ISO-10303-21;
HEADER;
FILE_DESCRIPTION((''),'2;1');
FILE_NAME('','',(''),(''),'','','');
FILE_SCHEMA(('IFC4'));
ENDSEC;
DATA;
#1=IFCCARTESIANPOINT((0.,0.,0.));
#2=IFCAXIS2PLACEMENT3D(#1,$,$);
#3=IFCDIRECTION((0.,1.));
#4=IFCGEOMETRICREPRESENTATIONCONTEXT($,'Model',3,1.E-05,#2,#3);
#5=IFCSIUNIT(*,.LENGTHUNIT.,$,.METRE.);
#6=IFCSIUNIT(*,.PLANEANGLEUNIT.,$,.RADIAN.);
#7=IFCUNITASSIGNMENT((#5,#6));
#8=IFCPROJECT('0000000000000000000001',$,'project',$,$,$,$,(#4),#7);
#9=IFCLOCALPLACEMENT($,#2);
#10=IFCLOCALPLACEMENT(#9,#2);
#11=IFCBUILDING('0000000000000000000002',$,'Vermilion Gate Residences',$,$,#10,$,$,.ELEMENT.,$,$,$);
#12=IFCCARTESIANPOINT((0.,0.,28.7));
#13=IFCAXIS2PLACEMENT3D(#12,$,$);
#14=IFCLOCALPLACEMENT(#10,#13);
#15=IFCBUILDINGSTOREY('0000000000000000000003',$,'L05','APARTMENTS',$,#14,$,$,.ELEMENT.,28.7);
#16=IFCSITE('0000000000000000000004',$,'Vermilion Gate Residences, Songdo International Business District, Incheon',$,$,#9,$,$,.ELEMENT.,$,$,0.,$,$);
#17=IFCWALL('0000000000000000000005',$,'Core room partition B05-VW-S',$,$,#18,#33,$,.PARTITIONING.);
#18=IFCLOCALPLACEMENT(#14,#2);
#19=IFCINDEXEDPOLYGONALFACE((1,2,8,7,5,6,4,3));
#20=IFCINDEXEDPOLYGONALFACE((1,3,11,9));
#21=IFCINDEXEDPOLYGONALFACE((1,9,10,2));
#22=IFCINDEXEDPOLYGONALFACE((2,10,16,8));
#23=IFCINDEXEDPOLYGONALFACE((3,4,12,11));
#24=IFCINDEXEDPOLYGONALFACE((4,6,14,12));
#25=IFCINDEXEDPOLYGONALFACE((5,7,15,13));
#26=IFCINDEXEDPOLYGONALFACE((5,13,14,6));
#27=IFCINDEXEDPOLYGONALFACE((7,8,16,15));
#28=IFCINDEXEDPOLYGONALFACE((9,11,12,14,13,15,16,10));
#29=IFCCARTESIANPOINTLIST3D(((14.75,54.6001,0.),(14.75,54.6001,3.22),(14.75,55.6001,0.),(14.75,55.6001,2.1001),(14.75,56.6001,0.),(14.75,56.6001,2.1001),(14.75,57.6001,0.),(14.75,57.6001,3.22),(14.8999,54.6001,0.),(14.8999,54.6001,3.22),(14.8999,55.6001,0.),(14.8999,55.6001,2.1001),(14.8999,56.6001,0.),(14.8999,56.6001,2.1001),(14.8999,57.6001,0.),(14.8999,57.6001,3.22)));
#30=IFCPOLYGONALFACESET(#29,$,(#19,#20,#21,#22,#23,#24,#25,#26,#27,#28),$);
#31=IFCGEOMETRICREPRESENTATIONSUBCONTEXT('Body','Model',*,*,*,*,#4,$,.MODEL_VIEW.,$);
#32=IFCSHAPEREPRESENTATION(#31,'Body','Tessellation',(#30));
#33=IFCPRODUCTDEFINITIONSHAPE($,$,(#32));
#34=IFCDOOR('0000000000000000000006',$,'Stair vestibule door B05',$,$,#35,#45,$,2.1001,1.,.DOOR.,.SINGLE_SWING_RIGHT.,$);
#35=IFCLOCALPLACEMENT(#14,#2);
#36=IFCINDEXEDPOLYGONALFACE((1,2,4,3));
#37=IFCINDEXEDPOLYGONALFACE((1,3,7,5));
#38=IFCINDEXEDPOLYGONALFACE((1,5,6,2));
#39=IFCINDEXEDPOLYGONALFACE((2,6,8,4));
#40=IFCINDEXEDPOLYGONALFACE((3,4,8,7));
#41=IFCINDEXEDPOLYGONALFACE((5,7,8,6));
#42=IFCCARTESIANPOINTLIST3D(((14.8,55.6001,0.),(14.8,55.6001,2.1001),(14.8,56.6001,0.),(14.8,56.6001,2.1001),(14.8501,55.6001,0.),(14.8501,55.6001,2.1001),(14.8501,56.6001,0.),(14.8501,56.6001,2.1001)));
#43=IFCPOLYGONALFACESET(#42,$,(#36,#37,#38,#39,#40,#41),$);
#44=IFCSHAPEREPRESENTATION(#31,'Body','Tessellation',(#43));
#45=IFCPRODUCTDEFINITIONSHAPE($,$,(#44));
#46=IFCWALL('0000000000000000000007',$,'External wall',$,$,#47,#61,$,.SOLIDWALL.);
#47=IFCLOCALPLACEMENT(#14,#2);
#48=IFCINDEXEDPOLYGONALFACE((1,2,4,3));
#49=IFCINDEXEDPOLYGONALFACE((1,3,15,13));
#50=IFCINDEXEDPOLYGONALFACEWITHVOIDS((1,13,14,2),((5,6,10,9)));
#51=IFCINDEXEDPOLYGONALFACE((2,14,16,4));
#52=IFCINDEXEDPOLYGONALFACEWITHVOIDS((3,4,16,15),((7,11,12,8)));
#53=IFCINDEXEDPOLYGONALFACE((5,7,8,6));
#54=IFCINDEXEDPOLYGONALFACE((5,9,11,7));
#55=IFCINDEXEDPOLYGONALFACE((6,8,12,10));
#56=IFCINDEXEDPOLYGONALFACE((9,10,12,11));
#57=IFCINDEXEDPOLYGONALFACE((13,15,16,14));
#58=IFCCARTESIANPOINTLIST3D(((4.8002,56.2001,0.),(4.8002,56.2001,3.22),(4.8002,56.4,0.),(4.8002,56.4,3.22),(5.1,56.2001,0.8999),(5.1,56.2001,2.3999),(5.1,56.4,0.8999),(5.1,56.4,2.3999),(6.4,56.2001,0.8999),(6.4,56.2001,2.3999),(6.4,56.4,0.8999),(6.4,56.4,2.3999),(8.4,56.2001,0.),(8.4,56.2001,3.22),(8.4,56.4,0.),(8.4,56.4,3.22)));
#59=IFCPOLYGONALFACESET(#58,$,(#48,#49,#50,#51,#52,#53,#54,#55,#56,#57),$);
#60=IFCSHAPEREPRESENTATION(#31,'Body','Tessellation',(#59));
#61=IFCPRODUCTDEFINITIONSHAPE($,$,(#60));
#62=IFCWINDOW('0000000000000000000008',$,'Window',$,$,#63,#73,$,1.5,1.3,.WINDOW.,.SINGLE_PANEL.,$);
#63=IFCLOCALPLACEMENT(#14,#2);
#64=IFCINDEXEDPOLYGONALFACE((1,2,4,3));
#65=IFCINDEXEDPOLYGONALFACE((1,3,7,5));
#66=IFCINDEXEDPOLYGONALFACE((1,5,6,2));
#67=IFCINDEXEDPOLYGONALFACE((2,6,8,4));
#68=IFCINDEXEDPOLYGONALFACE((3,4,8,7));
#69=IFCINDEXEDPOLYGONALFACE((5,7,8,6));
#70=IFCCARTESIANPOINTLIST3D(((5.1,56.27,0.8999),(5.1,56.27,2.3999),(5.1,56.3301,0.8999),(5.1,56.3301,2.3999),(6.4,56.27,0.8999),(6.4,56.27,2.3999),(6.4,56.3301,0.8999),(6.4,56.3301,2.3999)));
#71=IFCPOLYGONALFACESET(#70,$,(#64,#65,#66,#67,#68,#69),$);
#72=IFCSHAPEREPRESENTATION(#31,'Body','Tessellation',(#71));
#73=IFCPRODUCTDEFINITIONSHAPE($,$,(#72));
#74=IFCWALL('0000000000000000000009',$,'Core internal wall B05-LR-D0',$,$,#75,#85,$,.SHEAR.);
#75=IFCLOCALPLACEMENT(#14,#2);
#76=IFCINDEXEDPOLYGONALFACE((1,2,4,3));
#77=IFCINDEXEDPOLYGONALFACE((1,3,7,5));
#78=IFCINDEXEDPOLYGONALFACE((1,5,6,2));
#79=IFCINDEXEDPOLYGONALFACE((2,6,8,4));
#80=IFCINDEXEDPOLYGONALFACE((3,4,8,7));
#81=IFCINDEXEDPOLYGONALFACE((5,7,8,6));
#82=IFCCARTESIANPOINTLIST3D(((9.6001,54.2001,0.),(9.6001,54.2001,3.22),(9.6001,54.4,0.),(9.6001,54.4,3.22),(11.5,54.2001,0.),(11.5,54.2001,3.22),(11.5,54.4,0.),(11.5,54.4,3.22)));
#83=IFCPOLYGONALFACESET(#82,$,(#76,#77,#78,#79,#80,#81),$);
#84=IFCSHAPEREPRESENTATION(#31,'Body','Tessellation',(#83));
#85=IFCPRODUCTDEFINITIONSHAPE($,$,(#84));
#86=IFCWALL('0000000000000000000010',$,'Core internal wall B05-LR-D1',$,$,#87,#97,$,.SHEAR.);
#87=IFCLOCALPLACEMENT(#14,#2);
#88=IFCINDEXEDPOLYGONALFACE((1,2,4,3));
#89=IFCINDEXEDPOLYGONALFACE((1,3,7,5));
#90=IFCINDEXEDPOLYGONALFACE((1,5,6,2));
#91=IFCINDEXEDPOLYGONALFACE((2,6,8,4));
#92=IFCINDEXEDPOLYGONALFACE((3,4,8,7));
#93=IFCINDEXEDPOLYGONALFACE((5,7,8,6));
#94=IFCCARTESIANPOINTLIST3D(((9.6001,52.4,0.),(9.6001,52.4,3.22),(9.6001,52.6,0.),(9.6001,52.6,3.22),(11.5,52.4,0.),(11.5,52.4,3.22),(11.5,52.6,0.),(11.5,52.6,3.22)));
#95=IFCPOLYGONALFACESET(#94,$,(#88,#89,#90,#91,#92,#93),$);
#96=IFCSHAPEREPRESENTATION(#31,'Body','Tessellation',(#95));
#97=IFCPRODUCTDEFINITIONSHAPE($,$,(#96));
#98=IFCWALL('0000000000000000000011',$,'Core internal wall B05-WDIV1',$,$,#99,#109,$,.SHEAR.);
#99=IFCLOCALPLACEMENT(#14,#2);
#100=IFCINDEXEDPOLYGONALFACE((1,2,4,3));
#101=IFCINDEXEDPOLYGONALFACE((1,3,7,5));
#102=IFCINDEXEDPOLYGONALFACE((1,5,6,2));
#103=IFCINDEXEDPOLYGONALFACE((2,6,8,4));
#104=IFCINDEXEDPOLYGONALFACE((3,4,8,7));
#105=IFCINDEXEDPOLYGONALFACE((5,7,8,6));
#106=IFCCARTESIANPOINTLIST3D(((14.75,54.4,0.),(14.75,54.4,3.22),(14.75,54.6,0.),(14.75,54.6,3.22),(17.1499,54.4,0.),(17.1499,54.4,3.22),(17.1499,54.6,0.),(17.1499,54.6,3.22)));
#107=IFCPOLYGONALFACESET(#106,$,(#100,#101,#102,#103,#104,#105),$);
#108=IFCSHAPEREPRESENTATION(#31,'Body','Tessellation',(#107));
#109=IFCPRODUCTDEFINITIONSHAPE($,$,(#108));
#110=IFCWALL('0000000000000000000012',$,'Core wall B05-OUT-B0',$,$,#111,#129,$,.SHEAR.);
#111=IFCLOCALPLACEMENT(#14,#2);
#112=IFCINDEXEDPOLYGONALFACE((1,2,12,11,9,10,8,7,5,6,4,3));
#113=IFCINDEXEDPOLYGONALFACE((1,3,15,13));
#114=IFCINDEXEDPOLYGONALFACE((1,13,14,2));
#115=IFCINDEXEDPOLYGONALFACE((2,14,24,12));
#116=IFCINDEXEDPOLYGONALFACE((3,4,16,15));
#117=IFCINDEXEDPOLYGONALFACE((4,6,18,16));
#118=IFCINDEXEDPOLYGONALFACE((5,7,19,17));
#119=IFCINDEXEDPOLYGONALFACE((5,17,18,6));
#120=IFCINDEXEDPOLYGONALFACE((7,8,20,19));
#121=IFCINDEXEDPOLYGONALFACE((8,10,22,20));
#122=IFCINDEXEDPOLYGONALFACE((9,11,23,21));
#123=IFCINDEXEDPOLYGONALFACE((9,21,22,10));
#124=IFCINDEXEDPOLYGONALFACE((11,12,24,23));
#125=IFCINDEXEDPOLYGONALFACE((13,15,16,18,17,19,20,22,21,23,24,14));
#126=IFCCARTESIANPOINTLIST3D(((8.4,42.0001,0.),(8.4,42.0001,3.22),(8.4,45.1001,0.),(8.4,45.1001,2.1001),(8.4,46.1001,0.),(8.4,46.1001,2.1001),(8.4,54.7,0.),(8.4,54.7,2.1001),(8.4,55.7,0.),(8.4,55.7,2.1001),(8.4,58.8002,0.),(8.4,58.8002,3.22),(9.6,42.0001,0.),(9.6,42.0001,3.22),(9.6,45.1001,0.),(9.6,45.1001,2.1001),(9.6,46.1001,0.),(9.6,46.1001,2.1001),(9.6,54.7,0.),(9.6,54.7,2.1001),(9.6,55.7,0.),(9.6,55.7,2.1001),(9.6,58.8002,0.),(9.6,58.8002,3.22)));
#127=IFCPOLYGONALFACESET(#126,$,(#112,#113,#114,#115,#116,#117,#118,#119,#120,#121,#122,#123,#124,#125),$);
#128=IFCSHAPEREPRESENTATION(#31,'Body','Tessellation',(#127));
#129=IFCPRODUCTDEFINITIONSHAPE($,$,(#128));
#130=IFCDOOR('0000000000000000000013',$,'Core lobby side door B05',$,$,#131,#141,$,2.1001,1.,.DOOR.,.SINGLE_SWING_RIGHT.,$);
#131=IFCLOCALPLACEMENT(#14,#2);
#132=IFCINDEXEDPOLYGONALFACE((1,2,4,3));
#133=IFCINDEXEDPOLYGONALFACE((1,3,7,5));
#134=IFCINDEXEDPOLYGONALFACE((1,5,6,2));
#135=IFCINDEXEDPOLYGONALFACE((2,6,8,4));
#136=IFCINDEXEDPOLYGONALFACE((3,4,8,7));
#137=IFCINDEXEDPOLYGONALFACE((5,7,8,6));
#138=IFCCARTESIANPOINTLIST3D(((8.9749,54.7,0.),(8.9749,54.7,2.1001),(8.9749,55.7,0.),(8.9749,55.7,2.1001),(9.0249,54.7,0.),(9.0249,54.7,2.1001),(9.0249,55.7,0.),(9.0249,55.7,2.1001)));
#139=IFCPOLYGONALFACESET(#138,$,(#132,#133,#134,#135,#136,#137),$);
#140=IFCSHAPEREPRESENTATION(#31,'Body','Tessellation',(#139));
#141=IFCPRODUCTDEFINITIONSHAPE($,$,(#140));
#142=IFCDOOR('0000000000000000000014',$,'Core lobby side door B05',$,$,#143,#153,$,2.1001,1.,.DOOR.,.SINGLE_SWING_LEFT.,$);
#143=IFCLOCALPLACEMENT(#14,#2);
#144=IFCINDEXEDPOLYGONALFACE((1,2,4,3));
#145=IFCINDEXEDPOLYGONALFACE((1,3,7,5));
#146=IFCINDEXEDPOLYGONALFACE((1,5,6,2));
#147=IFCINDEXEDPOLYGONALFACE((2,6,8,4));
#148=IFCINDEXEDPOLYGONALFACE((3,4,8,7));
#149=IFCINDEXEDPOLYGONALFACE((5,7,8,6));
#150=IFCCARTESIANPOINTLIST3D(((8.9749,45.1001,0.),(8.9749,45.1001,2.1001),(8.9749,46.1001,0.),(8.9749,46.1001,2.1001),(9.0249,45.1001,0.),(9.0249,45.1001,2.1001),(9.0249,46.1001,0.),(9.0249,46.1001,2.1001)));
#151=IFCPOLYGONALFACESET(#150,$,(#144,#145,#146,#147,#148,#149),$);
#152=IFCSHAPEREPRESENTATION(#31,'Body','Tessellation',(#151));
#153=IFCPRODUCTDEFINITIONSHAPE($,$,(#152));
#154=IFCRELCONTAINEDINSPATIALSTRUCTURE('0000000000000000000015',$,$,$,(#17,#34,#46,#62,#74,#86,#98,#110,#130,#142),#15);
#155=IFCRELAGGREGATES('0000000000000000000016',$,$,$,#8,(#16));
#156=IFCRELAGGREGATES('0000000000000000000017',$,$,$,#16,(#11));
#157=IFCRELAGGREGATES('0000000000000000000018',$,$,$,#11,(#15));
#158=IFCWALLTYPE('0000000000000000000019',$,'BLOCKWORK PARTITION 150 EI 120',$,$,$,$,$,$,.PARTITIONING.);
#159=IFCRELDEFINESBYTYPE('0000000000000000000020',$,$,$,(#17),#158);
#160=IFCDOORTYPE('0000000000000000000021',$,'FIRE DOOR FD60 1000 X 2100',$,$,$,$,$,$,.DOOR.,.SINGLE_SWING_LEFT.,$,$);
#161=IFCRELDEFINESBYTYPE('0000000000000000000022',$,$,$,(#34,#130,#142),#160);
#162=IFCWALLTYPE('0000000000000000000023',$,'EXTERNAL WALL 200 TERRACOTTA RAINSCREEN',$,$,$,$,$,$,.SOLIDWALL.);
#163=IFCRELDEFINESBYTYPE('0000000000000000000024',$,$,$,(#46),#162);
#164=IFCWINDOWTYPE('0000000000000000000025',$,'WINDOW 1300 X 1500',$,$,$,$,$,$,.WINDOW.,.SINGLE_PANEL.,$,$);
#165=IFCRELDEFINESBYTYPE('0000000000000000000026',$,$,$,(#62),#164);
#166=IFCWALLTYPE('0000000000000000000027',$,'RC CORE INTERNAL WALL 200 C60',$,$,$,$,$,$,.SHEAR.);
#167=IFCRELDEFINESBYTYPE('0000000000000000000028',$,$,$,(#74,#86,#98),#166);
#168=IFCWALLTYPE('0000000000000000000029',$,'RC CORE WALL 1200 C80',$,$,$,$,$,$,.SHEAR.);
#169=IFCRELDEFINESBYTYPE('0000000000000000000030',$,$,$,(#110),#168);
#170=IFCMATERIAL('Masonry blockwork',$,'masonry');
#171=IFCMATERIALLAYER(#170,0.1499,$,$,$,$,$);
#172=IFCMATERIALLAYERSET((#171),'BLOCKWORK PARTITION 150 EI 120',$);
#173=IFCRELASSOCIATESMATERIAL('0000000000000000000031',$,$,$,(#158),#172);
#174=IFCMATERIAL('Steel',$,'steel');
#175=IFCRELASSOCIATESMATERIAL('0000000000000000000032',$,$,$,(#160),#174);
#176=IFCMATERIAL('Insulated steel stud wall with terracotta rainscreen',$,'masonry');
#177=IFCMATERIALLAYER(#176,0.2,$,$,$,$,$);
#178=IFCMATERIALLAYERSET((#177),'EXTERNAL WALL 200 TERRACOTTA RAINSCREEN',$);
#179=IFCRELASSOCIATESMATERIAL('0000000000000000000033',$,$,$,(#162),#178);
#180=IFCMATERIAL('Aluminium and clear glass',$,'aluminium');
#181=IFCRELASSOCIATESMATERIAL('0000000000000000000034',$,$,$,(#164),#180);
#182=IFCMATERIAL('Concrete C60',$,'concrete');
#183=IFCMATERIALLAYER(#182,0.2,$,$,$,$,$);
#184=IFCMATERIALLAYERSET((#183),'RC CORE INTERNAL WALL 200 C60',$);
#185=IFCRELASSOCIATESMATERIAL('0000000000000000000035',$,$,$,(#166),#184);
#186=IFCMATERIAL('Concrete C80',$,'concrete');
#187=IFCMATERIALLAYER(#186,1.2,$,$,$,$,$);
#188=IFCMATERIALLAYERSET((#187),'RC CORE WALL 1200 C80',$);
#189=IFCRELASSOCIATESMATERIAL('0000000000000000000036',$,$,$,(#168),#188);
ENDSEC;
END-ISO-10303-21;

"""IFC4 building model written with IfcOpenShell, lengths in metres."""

from ifc_helpers import new_model, si_unit, direction, frame, frame_2d, origin, place, context, subcontext, project, spatial, rectangle, extrude, material, layer, layer_set, type_object, element, fill, save


model = new_model("IFC4")

# Units and contexts
model_context = context("Model", 3, precision=1e-05, world=origin(), true_north=direction((0.0, 1.0)))
body_context = subcontext(model_context, "Body", "Model", "MODEL_VIEW")
ifc_project = project(units=[si_unit("LENGTHUNIT", "METRE"), si_unit("PLANEANGLEUNIT", "RADIAN")], contexts=[model_context])

# Site, building, storey
site_placement = place(None, origin())
site = spatial("IfcSite", under=ifc_project, at=site_placement, Name="Vermilion Gate Residences, Songdo International Business District, Incheon", CompositionType="ELEMENT", RefElevation=0.0)
building_placement = place(site_placement, origin())
building = spatial("IfcBuilding", under=site, at=building_placement, Name="Vermilion Gate Residences", CompositionType="ELEMENT")
storey_placement = place(building_placement, frame((0.0, 0.0, 28.7)))
storey = spatial("IfcBuildingStorey", under=building, at=storey_placement, Name="L05", Description="APARTMENTS", CompositionType="ELEMENT", Elevation=28.7)

# Wall, opening, door
ifc_material_1 = material(Name="Masonry blockwork", Category="masonry")
ifc_layer_1 = layer(ifc_material_1, 0.1499)
ifc_layer_set_1 = layer_set([ifc_layer_1], Name="BLOCKWORK PARTITION 150 EI 120")
wall_type_1 = type_object("IfcWallType", Name="BLOCKWORK PARTITION 150 EI 120", PredefinedType="PARTITIONING", material=ifc_layer_set_1)
wall_1_placement = place(storey_placement, frame((14.825, 57.6001, 0.0), z_axis=(0.0, 0.0, 1.0), x_axis=(0.0, -1.0, 0.0)))
wall_1 = element("IfcWall", 1, at=wall_1_placement, inside=storey, type_object=wall_type_1, Name="Core room partition B05-VW-S", PredefinedType="PARTITIONING", context=body_context, shape_type="SweptSolid", body=[
    extrude(rectangle(XDim=3.0, YDim=0.1499, at=frame_2d((1.5, 0.0))), origin(), (0.0, 0.0, 1.0), 3.22),
])
opening_1_placement = place(wall_1_placement, frame((1.0, 0.0, 0.0)))
opening_1 = element("IfcOpeningElement", 2, at=opening_1_placement, cuts=wall_1, PredefinedType="OPENING", context=body_context, shape_type="SweptSolid", body=[
    extrude(rectangle(XDim=1.0, YDim=2.1001, at=frame_2d((0.5, 1.05))), frame((0.0, 0.085, 0.0), z_axis=(0.0, -1.0, 0.0), x_axis=(1.0, 0.0, 0.0)), (0.0, 0.0, 1.0), 0.1699),
])
ifc_material_2 = material(Name="Steel", Category="steel")
door_type_1 = type_object("IfcDoorType", Name="FIRE DOOR FD60 1000 X 2100", OperationType="SINGLE_SWING_LEFT", PredefinedType="DOOR", material=ifc_material_2)
door_1_placement = place(opening_1_placement, frame((1.0, 0.0, 0.0), z_axis=(0.0, 0.0, 1.0), x_axis=(-1.0, 0.0, 0.0)))
door_1 = element("IfcDoor", 3, at=door_1_placement, inside=storey, type_object=door_type_1, Name="Stair vestibule door B05", OperationType="SINGLE_SWING_RIGHT", OverallHeight=2.1001, OverallWidth=1.0, PredefinedType="DOOR", context=body_context, shape_type="SweptSolid", body=[
    extrude(rectangle(XDim=1.0, YDim=2.1001, at=frame_2d((0.5, 1.05))), frame((0.0, 0.0249, 0.0), z_axis=(0.0, -1.0, 0.0), x_axis=(1.0, 0.0, 0.0)), (0.0, 0.0, 1.0), 0.05),
])
fill(opening_1, door_1)

# Wall, opening, window
ifc_material_3 = material(Name="Insulated steel stud wall with terracotta rainscreen", Category="masonry")
ifc_layer_2 = layer(ifc_material_3, 0.2)
ifc_layer_set_2 = layer_set([ifc_layer_2], Name="EXTERNAL WALL 200 TERRACOTTA RAINSCREEN")
wall_type_2 = type_object("IfcWallType", Name="EXTERNAL WALL 200 TERRACOTTA RAINSCREEN", PredefinedType="SOLIDWALL", material=ifc_layer_set_2)
wall_2_placement = place(storey_placement, frame((8.3999, 56.3, 0.0), z_axis=(0.0, 0.0, 1.0), x_axis=(-1.0, 0.0, 0.0)))
wall_2 = element("IfcWall", 4, at=wall_2_placement, inside=storey, type_object=wall_type_2, Name="External wall", PredefinedType="SOLIDWALL", context=body_context, shape_type="SweptSolid", body=[
    extrude(rectangle(XDim=3.5999, YDim=0.2, at=frame_2d((1.7998, 0.0))), origin(), (0.0, 0.0, 1.0), 3.22),
])
opening_2_placement = place(wall_2_placement, frame((2.0, 0.0, 0.8999)))
opening_2 = element("IfcOpeningElement", 5, at=opening_2_placement, cuts=wall_2, PredefinedType="OPENING", context=body_context, shape_type="SweptSolid", body=[
    extrude(rectangle(XDim=1.3, YDim=1.5, at=frame_2d((0.6499, 0.75))), frame((0.0, 0.1099, 0.0), z_axis=(0.0, -1.0, 0.0), x_axis=(1.0, 0.0, 0.0)), (0.0, 0.0, 1.0), 0.22),
])
ifc_material_4 = material(Name="Aluminium and clear glass", Category="aluminium")
window_type_1 = type_object("IfcWindowType", Name="WINDOW 1300 X 1500", PartitioningType="SINGLE_PANEL", PredefinedType="WINDOW", material=ifc_material_4)
window_1_placement = place(opening_2_placement, origin())
window_1 = element("IfcWindow", 6, at=window_1_placement, inside=storey, type_object=window_type_1, Name="Window", OverallHeight=1.5, OverallWidth=1.3, PartitioningType="SINGLE_PANEL", PredefinedType="WINDOW", context=body_context, shape_type="SweptSolid", body=[
    extrude(rectangle(XDim=1.3, YDim=1.5, at=frame_2d((0.6499, 0.75))), frame((0.0, 0.03, 0.0), z_axis=(0.0, -1.0, 0.0), x_axis=(1.0, 0.0, 0.0)), (0.0, 0.0, 1.0), 0.0601),
])
fill(opening_2, window_1)

# Walls
ifc_material_5 = material(Name="Concrete C60", Category="concrete")
ifc_layer_3 = layer(ifc_material_5, 0.2)
ifc_layer_set_3 = layer_set([ifc_layer_3], Name="RC CORE INTERNAL WALL 200 C60")
wall_type_3 = type_object("IfcWallType", Name="RC CORE INTERNAL WALL 200 C60", PredefinedType="SHEAR", material=ifc_layer_set_3)
for number, where, z_axis, x_axis, name in (
    (7, (9.6001, 54.3, 0.0), (0.0, 0.0, 1.0), (1.0, 0.0, 0.0), "Core internal wall B05-LR-D0"),
    (8, (9.6001, 52.5, 0.0), (0.0, 0.0, 1.0), (1.0, 0.0, 0.0), "Core internal wall B05-LR-D1"),
):
    element("IfcWall", number, at=place(storey_placement, frame(where, z_axis=z_axis, x_axis=x_axis)), inside=storey, type_object=wall_type_3, Name=name, PredefinedType="SHEAR", context=body_context, shape_type="SweptSolid", body=[
        extrude(rectangle(XDim=1.8999, YDim=0.2, at=frame_2d((0.95, 0.0))), origin(), (0.0, 0.0, 1.0), 3.22),
    ])
wall_3_placement = place(storey_placement, frame((14.75, 54.5, 0.0), z_axis=(0.0, 0.0, 1.0), x_axis=(1.0, 0.0, 0.0)))
element("IfcWall", 9, at=wall_3_placement, inside=storey, type_object=wall_type_3, Name="Core internal wall B05-WDIV1", PredefinedType="SHEAR", context=body_context, shape_type="SweptSolid", body=[
    extrude(rectangle(XDim=2.3999, YDim=0.2, at=frame_2d((1.2, 0.0))), origin(), (0.0, 0.0, 1.0), 3.22),
])

# Wall, openings, doors
ifc_material_6 = material(Name="Concrete C80", Category="concrete")
ifc_layer_4 = layer(ifc_material_6, 1.2)
ifc_layer_set_4 = layer_set([ifc_layer_4], Name="RC CORE WALL 1200 C80")
wall_type_4 = type_object("IfcWallType", Name="RC CORE WALL 1200 C80", PredefinedType="SHEAR", material=ifc_layer_set_4)
wall_4_placement = place(storey_placement, frame((9.0, 58.8, 0.0), z_axis=(0.0, 0.0, 1.0), x_axis=(0.0, -1.0, 0.0)))
wall_4 = element("IfcWall", 10, at=wall_4_placement, inside=storey, type_object=wall_type_4, Name="Core wall B05-OUT-B0", PredefinedType="SHEAR", context=body_context, shape_type="SweptSolid", body=[
    extrude(rectangle(XDim=16.8, YDim=1.2, at=frame_2d((8.3999, 0.0))), origin(), (0.0, 0.0, 1.0), 3.22),
])
opening_3_placement = place(wall_4_placement, frame((3.1001, 0.0, 0.0)))
opening_3 = element("IfcOpeningElement", 11, at=opening_3_placement, cuts=wall_4, PredefinedType="OPENING", context=body_context, shape_type="SweptSolid", body=[
    extrude(rectangle(XDim=1.0, YDim=2.1001, at=frame_2d((0.5, 1.05))), frame((0.0, 0.6099, 0.0), z_axis=(0.0, -1.0, 0.0), x_axis=(1.0, 0.0, 0.0)), (0.0, 0.0, 1.0), 1.22),
])
opening_4_placement = place(wall_4_placement, frame((12.7, 0.0, 0.0)))
opening_4 = element("IfcOpeningElement", 12, at=opening_4_placement, cuts=wall_4, PredefinedType="OPENING", context=body_context, shape_type="SweptSolid", body=[
    extrude(rectangle(XDim=1.0, YDim=2.1001, at=frame_2d((0.5, 1.05))), frame((0.0, 0.6099, 0.0), z_axis=(0.0, -1.0, 0.0), x_axis=(1.0, 0.0, 0.0)), (0.0, 0.0, 1.0), 1.22),
])
door_2_placement = place(opening_3_placement, origin())
door_2 = element("IfcDoor", 13, at=door_2_placement, inside=storey, type_object=door_type_1, Name="Core lobby side door B05", OperationType="SINGLE_SWING_RIGHT", OverallHeight=2.1001, OverallWidth=1.0, PredefinedType="DOOR", context=body_context, shape_type="SweptSolid", body=[
    extrude(rectangle(XDim=1.0, YDim=2.1001, at=frame_2d((0.5, 1.05))), frame((0.0, 0.0249, 0.0), z_axis=(0.0, -1.0, 0.0), x_axis=(1.0, 0.0, 0.0)), (0.0, 0.0, 1.0), 0.05),
])
fill(opening_3, door_2)
door_3_placement = place(opening_4_placement, origin())
door_3 = element("IfcDoor", 14, at=door_3_placement, inside=storey, type_object=door_type_1, Name="Core lobby side door B05", OperationType="SINGLE_SWING_LEFT", OverallHeight=2.1001, OverallWidth=1.0, PredefinedType="DOOR", context=body_context, shape_type="SweptSolid", body=[
    extrude(rectangle(XDim=1.0, YDim=2.1001, at=frame_2d((0.5, 1.05))), frame((0.0, 0.0249, 0.0), z_axis=(0.0, -1.0, 0.0), x_axis=(1.0, 0.0, 0.0)), (0.0, 0.0, 1.0), 0.05),
])
fill(opening_4, door_3)

save(model, "model.ifc")
